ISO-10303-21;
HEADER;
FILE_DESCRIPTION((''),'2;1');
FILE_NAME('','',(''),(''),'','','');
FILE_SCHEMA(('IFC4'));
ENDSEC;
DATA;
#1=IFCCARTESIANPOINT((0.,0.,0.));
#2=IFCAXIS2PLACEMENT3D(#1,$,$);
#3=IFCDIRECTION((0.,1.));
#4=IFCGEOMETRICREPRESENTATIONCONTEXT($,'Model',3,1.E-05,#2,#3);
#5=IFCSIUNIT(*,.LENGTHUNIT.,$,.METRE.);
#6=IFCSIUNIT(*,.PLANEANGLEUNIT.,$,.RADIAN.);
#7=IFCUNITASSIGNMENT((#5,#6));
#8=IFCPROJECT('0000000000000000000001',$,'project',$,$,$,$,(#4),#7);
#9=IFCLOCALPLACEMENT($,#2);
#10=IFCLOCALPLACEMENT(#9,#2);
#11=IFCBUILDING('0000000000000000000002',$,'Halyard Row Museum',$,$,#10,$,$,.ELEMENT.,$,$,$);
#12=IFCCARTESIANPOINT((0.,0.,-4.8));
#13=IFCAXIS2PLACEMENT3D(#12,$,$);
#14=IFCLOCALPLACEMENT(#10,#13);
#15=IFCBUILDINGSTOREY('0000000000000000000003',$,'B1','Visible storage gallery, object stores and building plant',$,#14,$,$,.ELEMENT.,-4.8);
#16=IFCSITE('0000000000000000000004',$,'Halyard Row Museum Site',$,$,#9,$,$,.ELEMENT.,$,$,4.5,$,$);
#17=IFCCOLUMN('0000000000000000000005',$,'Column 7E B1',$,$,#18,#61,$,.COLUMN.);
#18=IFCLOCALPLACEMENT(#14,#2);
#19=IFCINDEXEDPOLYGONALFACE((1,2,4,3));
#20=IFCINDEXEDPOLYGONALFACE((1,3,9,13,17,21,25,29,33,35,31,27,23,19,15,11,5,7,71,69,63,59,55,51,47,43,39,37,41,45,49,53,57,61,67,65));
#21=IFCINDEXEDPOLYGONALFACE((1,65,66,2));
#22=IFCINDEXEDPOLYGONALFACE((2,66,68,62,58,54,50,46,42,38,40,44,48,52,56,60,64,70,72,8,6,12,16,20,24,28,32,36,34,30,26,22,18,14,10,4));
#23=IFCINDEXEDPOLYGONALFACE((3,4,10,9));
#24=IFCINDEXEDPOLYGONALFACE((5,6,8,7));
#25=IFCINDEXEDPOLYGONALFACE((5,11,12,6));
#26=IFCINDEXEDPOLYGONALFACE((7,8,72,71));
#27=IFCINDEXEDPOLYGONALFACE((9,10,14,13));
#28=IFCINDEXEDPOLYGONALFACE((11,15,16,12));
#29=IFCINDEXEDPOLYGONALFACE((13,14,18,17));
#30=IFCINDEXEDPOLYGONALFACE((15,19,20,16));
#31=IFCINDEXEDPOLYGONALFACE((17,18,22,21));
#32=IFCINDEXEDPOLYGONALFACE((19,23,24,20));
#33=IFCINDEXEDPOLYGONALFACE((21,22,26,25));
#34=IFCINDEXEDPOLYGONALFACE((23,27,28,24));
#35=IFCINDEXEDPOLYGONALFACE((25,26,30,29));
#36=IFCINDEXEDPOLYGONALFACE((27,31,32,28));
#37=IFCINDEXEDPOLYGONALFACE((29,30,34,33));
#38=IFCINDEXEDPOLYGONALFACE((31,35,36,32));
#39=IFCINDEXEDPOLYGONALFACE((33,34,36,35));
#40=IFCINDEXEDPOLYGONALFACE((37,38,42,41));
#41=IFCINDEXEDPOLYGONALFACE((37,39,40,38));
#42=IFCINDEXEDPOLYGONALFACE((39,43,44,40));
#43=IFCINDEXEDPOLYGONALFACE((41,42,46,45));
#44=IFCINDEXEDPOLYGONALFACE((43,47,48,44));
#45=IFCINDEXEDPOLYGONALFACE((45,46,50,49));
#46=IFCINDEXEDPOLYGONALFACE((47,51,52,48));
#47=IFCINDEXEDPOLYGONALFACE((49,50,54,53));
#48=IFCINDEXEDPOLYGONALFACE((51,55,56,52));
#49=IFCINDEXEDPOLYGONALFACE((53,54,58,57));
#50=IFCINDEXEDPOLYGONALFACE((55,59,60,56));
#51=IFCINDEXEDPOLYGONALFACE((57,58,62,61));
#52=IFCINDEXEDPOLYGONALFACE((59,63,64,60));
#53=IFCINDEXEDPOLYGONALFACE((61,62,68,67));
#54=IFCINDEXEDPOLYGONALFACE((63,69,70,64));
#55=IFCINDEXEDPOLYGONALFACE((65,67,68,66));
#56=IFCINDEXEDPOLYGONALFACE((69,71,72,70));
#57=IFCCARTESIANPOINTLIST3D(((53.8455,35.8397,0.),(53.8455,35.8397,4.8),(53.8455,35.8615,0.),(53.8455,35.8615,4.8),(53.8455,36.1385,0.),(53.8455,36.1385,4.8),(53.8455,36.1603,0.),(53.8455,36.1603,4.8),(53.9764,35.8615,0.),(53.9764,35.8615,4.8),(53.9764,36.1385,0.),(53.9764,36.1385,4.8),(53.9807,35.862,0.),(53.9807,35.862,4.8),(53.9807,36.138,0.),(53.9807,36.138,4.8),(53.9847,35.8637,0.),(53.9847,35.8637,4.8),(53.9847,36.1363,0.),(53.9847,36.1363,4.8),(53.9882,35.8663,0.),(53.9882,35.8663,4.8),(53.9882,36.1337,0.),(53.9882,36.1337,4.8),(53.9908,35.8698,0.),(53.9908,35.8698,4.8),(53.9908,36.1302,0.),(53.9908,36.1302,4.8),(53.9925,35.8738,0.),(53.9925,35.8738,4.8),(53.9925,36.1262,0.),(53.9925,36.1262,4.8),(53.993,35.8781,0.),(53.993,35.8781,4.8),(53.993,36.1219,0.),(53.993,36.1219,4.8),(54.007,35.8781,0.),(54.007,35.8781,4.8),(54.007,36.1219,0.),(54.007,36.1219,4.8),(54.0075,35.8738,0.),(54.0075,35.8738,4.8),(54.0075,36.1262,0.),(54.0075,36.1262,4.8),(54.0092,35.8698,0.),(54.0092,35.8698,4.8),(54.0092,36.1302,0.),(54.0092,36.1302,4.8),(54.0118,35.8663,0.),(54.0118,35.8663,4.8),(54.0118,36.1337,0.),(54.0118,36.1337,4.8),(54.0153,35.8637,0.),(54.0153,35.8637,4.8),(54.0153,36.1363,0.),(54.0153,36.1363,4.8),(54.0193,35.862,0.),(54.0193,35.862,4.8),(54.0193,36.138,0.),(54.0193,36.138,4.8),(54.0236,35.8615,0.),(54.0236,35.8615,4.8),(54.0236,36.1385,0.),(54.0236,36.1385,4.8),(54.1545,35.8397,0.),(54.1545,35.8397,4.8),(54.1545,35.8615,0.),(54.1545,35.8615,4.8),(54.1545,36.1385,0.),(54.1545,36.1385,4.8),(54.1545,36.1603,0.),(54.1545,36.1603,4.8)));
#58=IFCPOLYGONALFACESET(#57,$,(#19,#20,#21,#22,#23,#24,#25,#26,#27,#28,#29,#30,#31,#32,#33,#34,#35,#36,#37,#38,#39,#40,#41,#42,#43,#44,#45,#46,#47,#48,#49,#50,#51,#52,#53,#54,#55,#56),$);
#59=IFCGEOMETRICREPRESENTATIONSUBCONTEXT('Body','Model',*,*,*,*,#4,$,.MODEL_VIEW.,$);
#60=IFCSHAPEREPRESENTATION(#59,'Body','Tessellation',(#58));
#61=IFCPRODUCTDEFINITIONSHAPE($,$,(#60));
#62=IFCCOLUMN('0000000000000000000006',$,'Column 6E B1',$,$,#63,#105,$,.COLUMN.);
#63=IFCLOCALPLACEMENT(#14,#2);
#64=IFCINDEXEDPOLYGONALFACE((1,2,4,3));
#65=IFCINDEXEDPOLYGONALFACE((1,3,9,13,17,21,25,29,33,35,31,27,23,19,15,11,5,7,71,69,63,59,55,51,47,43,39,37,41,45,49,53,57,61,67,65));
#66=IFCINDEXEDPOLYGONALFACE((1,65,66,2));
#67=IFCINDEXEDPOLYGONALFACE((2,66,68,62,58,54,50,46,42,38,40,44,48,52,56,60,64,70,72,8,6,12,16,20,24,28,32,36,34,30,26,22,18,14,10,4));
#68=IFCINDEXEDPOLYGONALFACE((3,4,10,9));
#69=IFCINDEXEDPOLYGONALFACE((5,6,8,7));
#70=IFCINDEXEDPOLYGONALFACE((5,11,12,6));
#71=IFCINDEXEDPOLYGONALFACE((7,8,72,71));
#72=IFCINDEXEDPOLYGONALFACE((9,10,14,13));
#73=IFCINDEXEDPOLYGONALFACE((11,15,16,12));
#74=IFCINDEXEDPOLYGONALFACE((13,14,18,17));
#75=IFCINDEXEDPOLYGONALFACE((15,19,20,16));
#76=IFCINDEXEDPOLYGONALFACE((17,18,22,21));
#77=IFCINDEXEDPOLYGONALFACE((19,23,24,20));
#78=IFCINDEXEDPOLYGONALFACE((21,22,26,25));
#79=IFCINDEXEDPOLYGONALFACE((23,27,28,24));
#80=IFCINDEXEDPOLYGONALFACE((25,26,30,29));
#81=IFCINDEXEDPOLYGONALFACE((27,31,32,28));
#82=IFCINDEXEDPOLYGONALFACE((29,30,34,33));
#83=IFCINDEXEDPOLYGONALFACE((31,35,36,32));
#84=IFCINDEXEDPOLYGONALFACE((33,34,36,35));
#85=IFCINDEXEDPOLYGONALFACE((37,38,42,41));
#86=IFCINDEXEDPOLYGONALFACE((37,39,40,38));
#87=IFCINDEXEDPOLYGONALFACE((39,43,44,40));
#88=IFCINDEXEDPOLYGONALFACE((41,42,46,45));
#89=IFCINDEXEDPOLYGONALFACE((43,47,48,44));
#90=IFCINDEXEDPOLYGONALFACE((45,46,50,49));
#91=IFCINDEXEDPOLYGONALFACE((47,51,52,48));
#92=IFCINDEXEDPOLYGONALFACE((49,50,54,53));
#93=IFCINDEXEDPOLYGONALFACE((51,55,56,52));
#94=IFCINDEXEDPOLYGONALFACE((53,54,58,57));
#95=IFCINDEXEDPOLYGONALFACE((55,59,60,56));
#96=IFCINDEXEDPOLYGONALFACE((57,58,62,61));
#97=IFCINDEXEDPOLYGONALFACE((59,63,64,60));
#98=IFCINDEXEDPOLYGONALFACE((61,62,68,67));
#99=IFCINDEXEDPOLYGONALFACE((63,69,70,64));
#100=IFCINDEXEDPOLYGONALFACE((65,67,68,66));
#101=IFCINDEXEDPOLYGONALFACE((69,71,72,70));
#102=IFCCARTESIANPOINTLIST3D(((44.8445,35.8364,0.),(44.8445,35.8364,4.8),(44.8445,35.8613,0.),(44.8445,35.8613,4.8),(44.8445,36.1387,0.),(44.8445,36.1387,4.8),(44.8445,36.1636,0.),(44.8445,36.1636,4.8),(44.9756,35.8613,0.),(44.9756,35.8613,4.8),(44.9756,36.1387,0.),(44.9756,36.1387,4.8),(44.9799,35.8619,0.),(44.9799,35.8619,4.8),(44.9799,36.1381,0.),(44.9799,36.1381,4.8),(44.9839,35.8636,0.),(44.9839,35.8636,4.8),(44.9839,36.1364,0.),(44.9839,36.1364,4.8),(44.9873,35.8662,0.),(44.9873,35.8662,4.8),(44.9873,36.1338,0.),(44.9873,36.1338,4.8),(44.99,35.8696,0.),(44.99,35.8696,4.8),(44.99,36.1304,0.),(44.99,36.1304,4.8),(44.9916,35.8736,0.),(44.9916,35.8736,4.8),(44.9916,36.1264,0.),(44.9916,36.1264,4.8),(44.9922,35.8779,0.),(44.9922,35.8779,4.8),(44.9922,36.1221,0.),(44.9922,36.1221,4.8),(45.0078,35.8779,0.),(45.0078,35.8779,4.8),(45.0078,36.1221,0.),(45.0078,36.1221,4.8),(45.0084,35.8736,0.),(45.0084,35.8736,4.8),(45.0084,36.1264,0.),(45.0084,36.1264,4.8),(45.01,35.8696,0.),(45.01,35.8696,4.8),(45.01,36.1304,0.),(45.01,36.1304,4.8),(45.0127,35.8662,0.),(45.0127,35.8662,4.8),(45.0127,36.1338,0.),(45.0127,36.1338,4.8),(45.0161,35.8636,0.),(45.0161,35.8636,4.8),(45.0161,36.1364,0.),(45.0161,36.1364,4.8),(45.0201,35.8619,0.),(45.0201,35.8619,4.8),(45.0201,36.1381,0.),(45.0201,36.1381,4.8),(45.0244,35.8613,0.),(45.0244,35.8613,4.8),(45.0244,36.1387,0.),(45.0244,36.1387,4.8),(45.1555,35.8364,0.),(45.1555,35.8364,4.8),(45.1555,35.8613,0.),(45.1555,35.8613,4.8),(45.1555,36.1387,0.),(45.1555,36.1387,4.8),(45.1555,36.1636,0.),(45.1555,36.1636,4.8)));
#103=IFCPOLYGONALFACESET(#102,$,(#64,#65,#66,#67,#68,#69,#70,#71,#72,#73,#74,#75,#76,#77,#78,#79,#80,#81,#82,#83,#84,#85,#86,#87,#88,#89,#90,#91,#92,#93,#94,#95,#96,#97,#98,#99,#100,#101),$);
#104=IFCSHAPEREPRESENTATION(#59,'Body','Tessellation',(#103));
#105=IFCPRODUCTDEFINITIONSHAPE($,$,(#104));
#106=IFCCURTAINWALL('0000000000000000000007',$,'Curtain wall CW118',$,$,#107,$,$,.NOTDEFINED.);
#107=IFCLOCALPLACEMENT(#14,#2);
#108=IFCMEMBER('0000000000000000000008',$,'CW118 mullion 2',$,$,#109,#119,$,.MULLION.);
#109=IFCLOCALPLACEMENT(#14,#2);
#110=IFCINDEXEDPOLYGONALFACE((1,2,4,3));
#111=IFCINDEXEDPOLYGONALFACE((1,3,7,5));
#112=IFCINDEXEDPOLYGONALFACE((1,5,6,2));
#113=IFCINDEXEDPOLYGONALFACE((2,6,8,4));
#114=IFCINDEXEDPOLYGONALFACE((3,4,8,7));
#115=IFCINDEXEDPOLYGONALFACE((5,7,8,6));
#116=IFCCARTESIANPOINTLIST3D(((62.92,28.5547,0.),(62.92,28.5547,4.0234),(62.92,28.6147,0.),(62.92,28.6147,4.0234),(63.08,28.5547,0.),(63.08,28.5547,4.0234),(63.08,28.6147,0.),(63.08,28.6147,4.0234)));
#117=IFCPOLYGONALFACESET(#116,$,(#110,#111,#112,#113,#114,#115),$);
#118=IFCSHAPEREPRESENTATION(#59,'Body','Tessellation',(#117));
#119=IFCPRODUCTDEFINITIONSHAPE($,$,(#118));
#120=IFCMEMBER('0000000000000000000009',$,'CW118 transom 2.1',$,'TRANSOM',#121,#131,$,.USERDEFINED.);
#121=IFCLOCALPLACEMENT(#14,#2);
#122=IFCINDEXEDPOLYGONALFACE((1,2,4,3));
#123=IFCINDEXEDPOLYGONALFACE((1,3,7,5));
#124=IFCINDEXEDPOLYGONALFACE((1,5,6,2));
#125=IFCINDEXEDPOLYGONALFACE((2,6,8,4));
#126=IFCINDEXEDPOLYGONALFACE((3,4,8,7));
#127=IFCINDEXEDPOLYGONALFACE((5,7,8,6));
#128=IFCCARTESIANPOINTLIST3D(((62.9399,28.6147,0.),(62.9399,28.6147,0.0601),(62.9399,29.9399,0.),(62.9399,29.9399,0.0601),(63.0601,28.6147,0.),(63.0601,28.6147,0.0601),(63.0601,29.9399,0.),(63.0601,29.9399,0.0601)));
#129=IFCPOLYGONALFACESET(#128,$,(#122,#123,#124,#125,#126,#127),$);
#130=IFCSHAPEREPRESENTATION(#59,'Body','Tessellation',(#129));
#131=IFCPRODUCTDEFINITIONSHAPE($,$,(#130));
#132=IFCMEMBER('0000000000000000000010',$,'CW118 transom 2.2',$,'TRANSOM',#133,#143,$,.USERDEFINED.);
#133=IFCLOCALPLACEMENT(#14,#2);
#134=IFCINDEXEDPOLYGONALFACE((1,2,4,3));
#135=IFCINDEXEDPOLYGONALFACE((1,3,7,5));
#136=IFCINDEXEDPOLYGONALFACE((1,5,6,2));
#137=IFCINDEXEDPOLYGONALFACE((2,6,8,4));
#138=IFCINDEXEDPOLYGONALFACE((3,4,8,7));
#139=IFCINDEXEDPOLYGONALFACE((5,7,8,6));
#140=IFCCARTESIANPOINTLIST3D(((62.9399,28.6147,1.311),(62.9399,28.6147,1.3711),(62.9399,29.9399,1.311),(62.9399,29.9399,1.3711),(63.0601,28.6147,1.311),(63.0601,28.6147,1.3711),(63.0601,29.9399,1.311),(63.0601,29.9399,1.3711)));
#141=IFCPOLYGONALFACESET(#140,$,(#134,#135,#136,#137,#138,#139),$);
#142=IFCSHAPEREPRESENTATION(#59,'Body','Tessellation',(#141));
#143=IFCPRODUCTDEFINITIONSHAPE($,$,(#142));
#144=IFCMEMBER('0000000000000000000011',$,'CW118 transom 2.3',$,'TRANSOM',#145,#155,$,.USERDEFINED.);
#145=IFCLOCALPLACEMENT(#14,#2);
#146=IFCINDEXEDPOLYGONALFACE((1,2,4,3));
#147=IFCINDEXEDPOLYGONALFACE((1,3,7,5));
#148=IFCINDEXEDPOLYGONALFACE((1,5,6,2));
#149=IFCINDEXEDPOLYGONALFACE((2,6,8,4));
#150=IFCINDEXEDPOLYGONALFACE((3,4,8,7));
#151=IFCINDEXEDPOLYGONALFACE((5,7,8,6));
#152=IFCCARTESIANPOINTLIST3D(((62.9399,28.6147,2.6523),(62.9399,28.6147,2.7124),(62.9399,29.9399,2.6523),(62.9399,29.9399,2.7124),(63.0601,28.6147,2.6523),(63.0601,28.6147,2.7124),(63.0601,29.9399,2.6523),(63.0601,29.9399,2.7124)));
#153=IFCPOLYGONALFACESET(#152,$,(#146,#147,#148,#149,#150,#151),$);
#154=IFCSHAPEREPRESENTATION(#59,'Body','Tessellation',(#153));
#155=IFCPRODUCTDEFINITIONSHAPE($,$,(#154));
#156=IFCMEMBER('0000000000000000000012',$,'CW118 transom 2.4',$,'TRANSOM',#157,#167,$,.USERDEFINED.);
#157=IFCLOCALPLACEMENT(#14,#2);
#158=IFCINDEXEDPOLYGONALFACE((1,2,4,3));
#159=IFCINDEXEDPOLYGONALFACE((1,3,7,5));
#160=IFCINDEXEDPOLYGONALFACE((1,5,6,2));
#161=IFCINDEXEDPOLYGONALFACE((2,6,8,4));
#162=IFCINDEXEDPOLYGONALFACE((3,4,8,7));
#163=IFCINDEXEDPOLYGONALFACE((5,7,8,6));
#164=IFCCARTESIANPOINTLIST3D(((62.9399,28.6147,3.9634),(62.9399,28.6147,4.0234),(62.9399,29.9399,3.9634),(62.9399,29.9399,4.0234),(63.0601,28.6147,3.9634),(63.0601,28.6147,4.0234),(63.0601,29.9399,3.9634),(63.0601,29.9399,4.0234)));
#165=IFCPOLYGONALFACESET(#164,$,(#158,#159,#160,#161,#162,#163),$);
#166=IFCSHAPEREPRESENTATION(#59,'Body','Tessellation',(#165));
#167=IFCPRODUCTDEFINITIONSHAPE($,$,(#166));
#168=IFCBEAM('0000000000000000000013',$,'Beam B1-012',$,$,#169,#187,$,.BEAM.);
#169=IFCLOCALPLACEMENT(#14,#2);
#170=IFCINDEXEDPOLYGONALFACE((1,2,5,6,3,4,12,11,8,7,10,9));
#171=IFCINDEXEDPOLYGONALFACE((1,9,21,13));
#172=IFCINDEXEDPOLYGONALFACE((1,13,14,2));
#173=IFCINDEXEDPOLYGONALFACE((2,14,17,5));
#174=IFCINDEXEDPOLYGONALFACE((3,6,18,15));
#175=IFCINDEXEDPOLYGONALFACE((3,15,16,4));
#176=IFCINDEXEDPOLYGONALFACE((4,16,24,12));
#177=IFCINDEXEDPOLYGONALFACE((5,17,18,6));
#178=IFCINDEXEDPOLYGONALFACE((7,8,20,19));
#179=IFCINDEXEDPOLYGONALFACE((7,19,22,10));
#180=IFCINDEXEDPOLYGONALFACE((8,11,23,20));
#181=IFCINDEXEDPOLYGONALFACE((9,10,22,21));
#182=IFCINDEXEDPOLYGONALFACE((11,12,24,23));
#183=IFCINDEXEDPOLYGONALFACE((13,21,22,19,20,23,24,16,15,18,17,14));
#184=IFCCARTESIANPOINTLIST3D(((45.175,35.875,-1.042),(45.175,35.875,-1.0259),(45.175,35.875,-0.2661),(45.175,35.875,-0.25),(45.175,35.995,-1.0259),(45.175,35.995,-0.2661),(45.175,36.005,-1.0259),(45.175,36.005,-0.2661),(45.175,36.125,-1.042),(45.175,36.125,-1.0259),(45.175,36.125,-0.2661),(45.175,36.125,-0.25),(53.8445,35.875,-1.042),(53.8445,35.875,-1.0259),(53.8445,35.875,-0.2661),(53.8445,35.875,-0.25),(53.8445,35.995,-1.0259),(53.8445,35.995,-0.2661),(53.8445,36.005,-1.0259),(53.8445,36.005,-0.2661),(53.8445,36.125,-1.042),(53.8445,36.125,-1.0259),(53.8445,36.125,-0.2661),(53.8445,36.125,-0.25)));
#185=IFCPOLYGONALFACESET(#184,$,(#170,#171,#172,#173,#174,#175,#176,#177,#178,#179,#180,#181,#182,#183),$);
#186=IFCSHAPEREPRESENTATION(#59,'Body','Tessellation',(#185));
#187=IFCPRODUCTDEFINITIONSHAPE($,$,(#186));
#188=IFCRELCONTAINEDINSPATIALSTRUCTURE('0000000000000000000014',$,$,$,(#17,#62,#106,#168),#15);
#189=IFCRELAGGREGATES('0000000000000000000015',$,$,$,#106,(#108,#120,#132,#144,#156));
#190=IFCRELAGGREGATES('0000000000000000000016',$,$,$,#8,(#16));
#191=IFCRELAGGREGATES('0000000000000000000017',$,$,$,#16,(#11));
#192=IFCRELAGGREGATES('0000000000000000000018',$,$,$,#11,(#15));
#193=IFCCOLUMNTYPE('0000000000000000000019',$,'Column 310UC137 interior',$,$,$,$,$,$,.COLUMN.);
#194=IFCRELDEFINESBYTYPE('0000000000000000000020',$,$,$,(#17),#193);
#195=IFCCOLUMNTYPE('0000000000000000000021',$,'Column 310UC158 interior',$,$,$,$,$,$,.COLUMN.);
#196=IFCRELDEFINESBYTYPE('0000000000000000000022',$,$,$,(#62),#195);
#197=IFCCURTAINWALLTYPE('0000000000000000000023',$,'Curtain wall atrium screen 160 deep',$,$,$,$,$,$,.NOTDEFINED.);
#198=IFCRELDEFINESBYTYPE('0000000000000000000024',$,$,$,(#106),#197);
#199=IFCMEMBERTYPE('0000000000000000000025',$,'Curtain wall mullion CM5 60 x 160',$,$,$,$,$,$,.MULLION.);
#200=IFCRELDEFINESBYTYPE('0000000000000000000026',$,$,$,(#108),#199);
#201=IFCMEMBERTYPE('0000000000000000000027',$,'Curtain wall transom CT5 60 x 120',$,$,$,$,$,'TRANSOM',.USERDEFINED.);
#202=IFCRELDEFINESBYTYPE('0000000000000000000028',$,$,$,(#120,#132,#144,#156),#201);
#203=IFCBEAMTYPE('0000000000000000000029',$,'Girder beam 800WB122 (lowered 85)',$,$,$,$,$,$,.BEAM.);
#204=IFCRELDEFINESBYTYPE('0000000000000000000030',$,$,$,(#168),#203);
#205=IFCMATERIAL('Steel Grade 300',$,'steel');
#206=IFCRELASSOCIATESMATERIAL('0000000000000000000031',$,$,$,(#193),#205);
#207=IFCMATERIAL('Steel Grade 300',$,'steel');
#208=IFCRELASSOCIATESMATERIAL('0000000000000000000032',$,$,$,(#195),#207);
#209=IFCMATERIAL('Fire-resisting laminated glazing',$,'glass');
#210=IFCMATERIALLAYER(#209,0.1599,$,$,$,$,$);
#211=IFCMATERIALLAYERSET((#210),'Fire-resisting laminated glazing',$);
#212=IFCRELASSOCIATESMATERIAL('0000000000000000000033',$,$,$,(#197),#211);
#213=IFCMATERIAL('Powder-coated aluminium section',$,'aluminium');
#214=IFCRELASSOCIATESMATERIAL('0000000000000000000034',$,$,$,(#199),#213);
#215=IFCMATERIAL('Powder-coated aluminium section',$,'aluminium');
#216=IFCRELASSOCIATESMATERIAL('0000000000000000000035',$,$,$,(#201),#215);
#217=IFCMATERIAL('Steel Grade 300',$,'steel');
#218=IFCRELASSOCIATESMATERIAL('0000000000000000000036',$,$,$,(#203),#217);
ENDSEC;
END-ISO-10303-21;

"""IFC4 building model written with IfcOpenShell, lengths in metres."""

from ifc_helpers import new_model, si_unit, direction, frame, origin, origin_2d, place, context, subcontext, project, spatial, rectangle, i_section, extrude, material, layer, layer_set, material_profile, profile_set, type_object, element, aggregate, save


model = new_model("IFC4")

# Units and contexts
model_context = context("Model", 3, precision=1e-05, world=origin(), true_north=direction((0.0, 1.0)))
body_context = subcontext(model_context, "Body", "Model", "MODEL_VIEW")
ifc_project = project(units=[si_unit("LENGTHUNIT", "METRE"), si_unit("PLANEANGLEUNIT", "RADIAN")], contexts=[model_context])

# Site, building, storey
site_placement = place(None, origin())
site = spatial("IfcSite", under=ifc_project, at=site_placement, Name="Halyard Row Museum Site", CompositionType="ELEMENT", RefElevation=4.5)
building_placement = place(site_placement, origin())
building = spatial("IfcBuilding", under=site, at=building_placement, Name="Halyard Row Museum", CompositionType="ELEMENT")
storey_placement = place(building_placement, frame((0.0, 0.0, -4.8)))
storey = spatial("IfcBuildingStorey", under=building, at=storey_placement, Name="B1", Description="Visible storage gallery, object stores and building plant", CompositionType="ELEMENT", Elevation=-4.8)

# Columns
ifc_material_1 = material(Name="Steel Grade 300", Category="steel")
ifc_material_profile_1 = material_profile(ifc_material_1, i_section(OverallWidth=0.3091, OverallDepth=0.3206, WebThickness=0.0139, FlangeThickness=0.0217, FilletRadius=0.0166, at=origin_2d()), Name="310UC137")
ifc_profile_set_1 = profile_set([ifc_material_profile_1], Name="Steel Grade 300")
column_type_1 = type_object("IfcColumnType", Name="Column 310UC137 interior", PredefinedType="COLUMN", material=ifc_profile_set_1)
column_1_placement = place(storey_placement, frame((54.0, 36.0, 0.0), z_axis=(0.0, 0.0, 1.0), x_axis=(1.0, 0.0, 0.0)))
element("IfcColumn", 1, at=column_1_placement, inside=storey, type_object=column_type_1, Name="Column 7E B1", PredefinedType="COLUMN", context=body_context, shape_type="SweptSolid", body=[
    extrude(i_section(OverallWidth=0.3091, OverallDepth=0.3206, WebThickness=0.0139, FlangeThickness=0.0217, FilletRadius=0.0166, at=origin_2d()), origin(), (0.0, 0.0, 1.0), 4.8),
])
ifc_material_2 = material(Name="Steel Grade 300", Category="steel")
ifc_material_profile_2 = material_profile(ifc_material_2, i_section(OverallWidth=0.311, OverallDepth=0.3271, WebThickness=0.0156, FlangeThickness=0.0249, FilletRadius=0.0166, at=origin_2d()), Name="310UC158")
ifc_profile_set_2 = profile_set([ifc_material_profile_2], Name="Steel Grade 300")
column_type_2 = type_object("IfcColumnType", Name="Column 310UC158 interior", PredefinedType="COLUMN", material=ifc_profile_set_2)
column_2_placement = place(storey_placement, frame((45.0, 36.0, 0.0), z_axis=(0.0, 0.0, 1.0), x_axis=(1.0, 0.0, 0.0)))
element("IfcColumn", 2, at=column_2_placement, inside=storey, type_object=column_type_2, Name="Column 6E B1", PredefinedType="COLUMN", context=body_context, shape_type="SweptSolid", body=[
    extrude(i_section(OverallWidth=0.311, OverallDepth=0.3271, WebThickness=0.0156, FlangeThickness=0.0249, FilletRadius=0.0166, at=origin_2d()), origin(), (0.0, 0.0, 1.0), 4.8),
])

# Curtain wall, members
ifc_material_3 = material(Name="Fire-resisting laminated glazing", Category="glass")
ifc_layer_1 = layer(ifc_material_3, 0.1599)
ifc_layer_set_1 = layer_set([ifc_layer_1], Name="Fire-resisting laminated glazing")
curtain_wall_type = type_object("IfcCurtainWallType", Name="Curtain wall atrium screen 160 deep", PredefinedType="NOTDEFINED", material=ifc_layer_set_1)
curtain_wall_placement = place(storey_placement, origin())
curtain_wall = element("IfcCurtainWall", 3, at=curtain_wall_placement, inside=storey, type_object=curtain_wall_type, Name="Curtain wall CW118", PredefinedType="NOTDEFINED")
ifc_material_4 = material(Name="Powder-coated aluminium section", Category="aluminium")
ifc_material_profile_3 = material_profile(ifc_material_4, rectangle(XDim=0.1599, YDim=0.0601, at=origin_2d()), Name="160x60 mullion")
ifc_profile_set_3 = profile_set([ifc_material_profile_3], Name="Powder-coated aluminium section")
member_type_1 = type_object("IfcMemberType", Name="Curtain wall mullion CM5 60 x 160", PredefinedType="MULLION", material=ifc_profile_set_3)
member_1_placement = place(storey_placement, frame((63.0, 28.5847, 0.0), z_axis=(0.0, 0.0, 1.0), x_axis=(-1.0, 0.0, 0.0)))
member_1 = element("IfcMember", 4, at=member_1_placement, type_object=member_type_1, Name="CW118 mullion 2", PredefinedType="MULLION", context=body_context, shape_type="SweptSolid", body=[
    extrude(rectangle(XDim=0.1599, YDim=0.0601, at=origin_2d()), origin(), (0.0, 0.0, 1.0), 4.0234),
])
ifc_material_5 = material(Name="Powder-coated aluminium section", Category="aluminium")
ifc_material_profile_4 = material_profile(ifc_material_5, rectangle(XDim=0.1201, YDim=0.0601, at=origin_2d()), Name="120x60 transom")
ifc_profile_set_4 = profile_set([ifc_material_profile_4], Name="Powder-coated aluminium section")
member_type_2 = type_object("IfcMemberType", Name="Curtain wall transom CT5 60 x 120", ElementType="TRANSOM", PredefinedType="USERDEFINED", material=ifc_profile_set_4)
member_2_placement = place(storey_placement, frame((63.0, 28.6147, 0.03), z_axis=(0.0, 1.0, 0.0), x_axis=(-1.0, 0.0, 0.0)))
member_2 = element("IfcMember", 5, at=member_2_placement, type_object=member_type_2, Name="CW118 transom 2.1", ObjectType="TRANSOM", PredefinedType="USERDEFINED", context=body_context, shape_type="SweptSolid", body=[
    extrude(rectangle(XDim=0.1201, YDim=0.0601, at=origin_2d()), origin(), (0.0, 0.0, 1.0), 1.3252),
])
member_3_placement = place(storey_placement, frame((63.0, 28.6147, 1.3411), z_axis=(0.0, 1.0, 0.0), x_axis=(-1.0, 0.0, 0.0)))
member_3 = element("IfcMember", 6, at=member_3_placement, type_object=member_type_2, Name="CW118 transom 2.2", ObjectType="TRANSOM", PredefinedType="USERDEFINED", context=body_context, shape_type="SweptSolid", body=[
    extrude(rectangle(XDim=0.1201, YDim=0.0601, at=origin_2d()), origin(), (0.0, 0.0, 1.0), 1.3252),
])
member_4_placement = place(storey_placement, frame((63.0, 28.6147, 2.6824), z_axis=(0.0, 1.0, 0.0), x_axis=(-1.0, 0.0, 0.0)))
member_4 = element("IfcMember", 7, at=member_4_placement, type_object=member_type_2, Name="CW118 transom 2.3", ObjectType="TRANSOM", PredefinedType="USERDEFINED", context=body_context, shape_type="SweptSolid", body=[
    extrude(rectangle(XDim=0.1201, YDim=0.0601, at=origin_2d()), origin(), (0.0, 0.0, 1.0), 1.3252),
])
member_5_placement = place(storey_placement, frame((63.0, 28.6147, 3.9934), z_axis=(0.0, 1.0, 0.0), x_axis=(-1.0, 0.0, 0.0)))
member_5 = element("IfcMember", 8, at=member_5_placement, type_object=member_type_2, Name="CW118 transom 2.4", ObjectType="TRANSOM", PredefinedType="USERDEFINED", context=body_context, shape_type="SweptSolid", body=[
    extrude(rectangle(XDim=0.1201, YDim=0.0601, at=origin_2d()), origin(), (0.0, 0.0, 1.0), 1.3252),
])
aggregate(curtain_wall, [member_1, member_2, member_3, member_4, member_5])

# Beam
ifc_material_6 = material(Name="Steel Grade 300", Category="steel")
ifc_material_profile_5 = material_profile(ifc_material_6, i_section(OverallWidth=0.25, OverallDepth=0.792, WebThickness=0.01, FlangeThickness=0.0161, at=origin_2d()), Name="800WB122")
ifc_profile_set_5 = profile_set([ifc_material_profile_5], Name="Steel Grade 300")
beam_type_1 = type_object("IfcBeamType", Name="Girder beam 800WB122 (lowered 85)", PredefinedType="BEAM", material=ifc_profile_set_5)
beam_1_placement = place(storey_placement, frame((45.175, 36.0, -0.646), z_axis=(1.0, 0.0, 0.0), x_axis=(0.0, 1.0, 0.0)))
element("IfcBeam", 9, at=beam_1_placement, inside=storey, type_object=beam_type_1, Name="Beam B1-012", PredefinedType="BEAM", context=body_context, shape_type="SweptSolid", body=[
    extrude(i_section(OverallWidth=0.25, OverallDepth=0.792, WebThickness=0.01, FlangeThickness=0.0161, at=origin_2d()), origin(), (0.0, 0.0, 1.0), 8.6694),
])

save(model, "model.ifc")
